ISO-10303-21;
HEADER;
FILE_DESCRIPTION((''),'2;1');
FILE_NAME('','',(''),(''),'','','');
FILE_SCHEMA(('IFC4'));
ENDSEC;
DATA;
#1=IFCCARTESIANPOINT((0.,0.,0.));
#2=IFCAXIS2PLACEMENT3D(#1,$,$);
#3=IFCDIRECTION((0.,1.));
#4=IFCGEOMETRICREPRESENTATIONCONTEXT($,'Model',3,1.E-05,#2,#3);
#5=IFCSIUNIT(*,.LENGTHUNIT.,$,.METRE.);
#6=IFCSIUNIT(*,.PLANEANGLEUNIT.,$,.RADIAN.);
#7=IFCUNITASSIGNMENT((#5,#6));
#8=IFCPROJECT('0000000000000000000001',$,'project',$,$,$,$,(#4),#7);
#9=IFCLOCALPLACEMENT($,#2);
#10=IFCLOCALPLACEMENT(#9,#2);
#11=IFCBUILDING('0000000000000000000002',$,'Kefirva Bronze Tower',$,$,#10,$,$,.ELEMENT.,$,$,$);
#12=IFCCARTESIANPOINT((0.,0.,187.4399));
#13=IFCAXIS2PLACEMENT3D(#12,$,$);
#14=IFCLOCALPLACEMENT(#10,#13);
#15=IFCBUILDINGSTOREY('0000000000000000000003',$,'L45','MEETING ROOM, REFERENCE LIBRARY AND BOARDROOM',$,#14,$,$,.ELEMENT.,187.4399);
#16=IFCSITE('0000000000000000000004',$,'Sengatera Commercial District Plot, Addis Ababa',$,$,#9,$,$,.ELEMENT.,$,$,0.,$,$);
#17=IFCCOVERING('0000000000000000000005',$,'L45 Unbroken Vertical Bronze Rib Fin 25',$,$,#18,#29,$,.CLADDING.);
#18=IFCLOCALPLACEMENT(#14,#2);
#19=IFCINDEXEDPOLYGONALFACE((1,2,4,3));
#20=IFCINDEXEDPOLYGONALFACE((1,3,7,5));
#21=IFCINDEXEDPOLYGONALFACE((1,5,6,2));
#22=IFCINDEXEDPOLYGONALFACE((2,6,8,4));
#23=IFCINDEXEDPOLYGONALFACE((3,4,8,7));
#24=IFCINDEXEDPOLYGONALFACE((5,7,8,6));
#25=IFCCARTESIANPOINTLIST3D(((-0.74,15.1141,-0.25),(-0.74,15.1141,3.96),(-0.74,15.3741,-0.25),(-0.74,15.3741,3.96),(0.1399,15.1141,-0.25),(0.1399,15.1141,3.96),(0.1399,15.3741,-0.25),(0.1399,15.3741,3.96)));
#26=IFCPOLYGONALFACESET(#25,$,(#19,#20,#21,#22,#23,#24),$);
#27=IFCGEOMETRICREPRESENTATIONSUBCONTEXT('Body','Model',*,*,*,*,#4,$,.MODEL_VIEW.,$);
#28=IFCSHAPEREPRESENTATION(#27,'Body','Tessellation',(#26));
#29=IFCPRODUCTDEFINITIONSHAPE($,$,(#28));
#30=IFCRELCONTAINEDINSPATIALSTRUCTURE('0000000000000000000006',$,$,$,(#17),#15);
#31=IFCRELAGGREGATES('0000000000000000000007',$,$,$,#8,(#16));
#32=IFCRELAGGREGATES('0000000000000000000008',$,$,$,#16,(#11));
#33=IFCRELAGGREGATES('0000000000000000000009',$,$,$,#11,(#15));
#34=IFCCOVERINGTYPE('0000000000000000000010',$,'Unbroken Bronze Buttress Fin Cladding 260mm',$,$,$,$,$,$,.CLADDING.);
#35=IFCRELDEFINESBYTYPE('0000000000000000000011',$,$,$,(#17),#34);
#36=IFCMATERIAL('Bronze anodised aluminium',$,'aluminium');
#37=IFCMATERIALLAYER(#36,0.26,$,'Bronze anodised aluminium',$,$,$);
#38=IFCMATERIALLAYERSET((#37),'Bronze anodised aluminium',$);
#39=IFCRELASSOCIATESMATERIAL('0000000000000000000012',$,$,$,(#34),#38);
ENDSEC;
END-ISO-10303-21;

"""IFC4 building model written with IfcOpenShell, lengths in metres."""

from ifc_helpers import new_model, si_unit, direction, frame, origin, origin_2d, place, context, subcontext, project, spatial, rectangle, extrude, material, layer, layer_set, type_object, element, save


model = new_model("IFC4")

# Units and contexts
model_context = context("Model", 3, precision=1e-05, world=origin(), true_north=direction((0.0, 1.0)))
body_context = subcontext(model_context, "Body", "Model", "MODEL_VIEW")
ifc_project = project(units=[si_unit("LENGTHUNIT", "METRE"), si_unit("PLANEANGLEUNIT", "RADIAN")], contexts=[model_context])

# Site, building, storey
site_placement = place(None, origin())
site = spatial("IfcSite", under=ifc_project, at=site_placement, Name="Sengatera Commercial District Plot, Addis Ababa", CompositionType="ELEMENT", RefElevation=0.0)
building_placement = place(site_placement, origin())
building = spatial("IfcBuilding", under=site, at=building_placement, Name="Kefirva Bronze Tower", CompositionType="ELEMENT")
storey_placement = place(building_placement, frame((0.0, 0.0, 187.4399)))
storey = spatial("IfcBuildingStorey", under=building, at=storey_placement, Name="L45", Description="MEETING ROOM, REFERENCE LIBRARY AND BOARDROOM", CompositionType="ELEMENT", Elevation=187.4399)

# Shared definitions
ifc_material_1 = material(Name="Bronze anodised aluminium", Category="aluminium")

# Covering
ifc_layer_1 = layer(ifc_material_1, 0.26, Name="Bronze anodised aluminium")
ifc_layer_set_1 = layer_set([ifc_layer_1], Name="Bronze anodised aluminium")
covering_type_1 = type_object("IfcCoveringType", Name="Unbroken Bronze Buttress Fin Cladding 260mm", PredefinedType="CLADDING", material=ifc_layer_set_1)
for number, where, z_axis, x_axis, name in (
    (1, (-0.3, 15.2441, -0.25), (0.0, 0.0, 1.0), (0.0, -1.0, 0.0), "L45 Unbroken Vertical Bronze Rib Fin 25"),
):
    element("IfcCovering", number, at=place(storey_placement, frame(where, z_axis=z_axis, x_axis=x_axis)), inside=storey, type_object=covering_type_1, Name=name, PredefinedType="CLADDING", context=body_context, shape_type="SweptSolid", body=[
        extrude(rectangle(XDim=0.26, YDim=0.8799, at=origin_2d()), origin(), (0.0, 0.0, 1.0), 4.21),
    ])

save(model, "model.ifc")
